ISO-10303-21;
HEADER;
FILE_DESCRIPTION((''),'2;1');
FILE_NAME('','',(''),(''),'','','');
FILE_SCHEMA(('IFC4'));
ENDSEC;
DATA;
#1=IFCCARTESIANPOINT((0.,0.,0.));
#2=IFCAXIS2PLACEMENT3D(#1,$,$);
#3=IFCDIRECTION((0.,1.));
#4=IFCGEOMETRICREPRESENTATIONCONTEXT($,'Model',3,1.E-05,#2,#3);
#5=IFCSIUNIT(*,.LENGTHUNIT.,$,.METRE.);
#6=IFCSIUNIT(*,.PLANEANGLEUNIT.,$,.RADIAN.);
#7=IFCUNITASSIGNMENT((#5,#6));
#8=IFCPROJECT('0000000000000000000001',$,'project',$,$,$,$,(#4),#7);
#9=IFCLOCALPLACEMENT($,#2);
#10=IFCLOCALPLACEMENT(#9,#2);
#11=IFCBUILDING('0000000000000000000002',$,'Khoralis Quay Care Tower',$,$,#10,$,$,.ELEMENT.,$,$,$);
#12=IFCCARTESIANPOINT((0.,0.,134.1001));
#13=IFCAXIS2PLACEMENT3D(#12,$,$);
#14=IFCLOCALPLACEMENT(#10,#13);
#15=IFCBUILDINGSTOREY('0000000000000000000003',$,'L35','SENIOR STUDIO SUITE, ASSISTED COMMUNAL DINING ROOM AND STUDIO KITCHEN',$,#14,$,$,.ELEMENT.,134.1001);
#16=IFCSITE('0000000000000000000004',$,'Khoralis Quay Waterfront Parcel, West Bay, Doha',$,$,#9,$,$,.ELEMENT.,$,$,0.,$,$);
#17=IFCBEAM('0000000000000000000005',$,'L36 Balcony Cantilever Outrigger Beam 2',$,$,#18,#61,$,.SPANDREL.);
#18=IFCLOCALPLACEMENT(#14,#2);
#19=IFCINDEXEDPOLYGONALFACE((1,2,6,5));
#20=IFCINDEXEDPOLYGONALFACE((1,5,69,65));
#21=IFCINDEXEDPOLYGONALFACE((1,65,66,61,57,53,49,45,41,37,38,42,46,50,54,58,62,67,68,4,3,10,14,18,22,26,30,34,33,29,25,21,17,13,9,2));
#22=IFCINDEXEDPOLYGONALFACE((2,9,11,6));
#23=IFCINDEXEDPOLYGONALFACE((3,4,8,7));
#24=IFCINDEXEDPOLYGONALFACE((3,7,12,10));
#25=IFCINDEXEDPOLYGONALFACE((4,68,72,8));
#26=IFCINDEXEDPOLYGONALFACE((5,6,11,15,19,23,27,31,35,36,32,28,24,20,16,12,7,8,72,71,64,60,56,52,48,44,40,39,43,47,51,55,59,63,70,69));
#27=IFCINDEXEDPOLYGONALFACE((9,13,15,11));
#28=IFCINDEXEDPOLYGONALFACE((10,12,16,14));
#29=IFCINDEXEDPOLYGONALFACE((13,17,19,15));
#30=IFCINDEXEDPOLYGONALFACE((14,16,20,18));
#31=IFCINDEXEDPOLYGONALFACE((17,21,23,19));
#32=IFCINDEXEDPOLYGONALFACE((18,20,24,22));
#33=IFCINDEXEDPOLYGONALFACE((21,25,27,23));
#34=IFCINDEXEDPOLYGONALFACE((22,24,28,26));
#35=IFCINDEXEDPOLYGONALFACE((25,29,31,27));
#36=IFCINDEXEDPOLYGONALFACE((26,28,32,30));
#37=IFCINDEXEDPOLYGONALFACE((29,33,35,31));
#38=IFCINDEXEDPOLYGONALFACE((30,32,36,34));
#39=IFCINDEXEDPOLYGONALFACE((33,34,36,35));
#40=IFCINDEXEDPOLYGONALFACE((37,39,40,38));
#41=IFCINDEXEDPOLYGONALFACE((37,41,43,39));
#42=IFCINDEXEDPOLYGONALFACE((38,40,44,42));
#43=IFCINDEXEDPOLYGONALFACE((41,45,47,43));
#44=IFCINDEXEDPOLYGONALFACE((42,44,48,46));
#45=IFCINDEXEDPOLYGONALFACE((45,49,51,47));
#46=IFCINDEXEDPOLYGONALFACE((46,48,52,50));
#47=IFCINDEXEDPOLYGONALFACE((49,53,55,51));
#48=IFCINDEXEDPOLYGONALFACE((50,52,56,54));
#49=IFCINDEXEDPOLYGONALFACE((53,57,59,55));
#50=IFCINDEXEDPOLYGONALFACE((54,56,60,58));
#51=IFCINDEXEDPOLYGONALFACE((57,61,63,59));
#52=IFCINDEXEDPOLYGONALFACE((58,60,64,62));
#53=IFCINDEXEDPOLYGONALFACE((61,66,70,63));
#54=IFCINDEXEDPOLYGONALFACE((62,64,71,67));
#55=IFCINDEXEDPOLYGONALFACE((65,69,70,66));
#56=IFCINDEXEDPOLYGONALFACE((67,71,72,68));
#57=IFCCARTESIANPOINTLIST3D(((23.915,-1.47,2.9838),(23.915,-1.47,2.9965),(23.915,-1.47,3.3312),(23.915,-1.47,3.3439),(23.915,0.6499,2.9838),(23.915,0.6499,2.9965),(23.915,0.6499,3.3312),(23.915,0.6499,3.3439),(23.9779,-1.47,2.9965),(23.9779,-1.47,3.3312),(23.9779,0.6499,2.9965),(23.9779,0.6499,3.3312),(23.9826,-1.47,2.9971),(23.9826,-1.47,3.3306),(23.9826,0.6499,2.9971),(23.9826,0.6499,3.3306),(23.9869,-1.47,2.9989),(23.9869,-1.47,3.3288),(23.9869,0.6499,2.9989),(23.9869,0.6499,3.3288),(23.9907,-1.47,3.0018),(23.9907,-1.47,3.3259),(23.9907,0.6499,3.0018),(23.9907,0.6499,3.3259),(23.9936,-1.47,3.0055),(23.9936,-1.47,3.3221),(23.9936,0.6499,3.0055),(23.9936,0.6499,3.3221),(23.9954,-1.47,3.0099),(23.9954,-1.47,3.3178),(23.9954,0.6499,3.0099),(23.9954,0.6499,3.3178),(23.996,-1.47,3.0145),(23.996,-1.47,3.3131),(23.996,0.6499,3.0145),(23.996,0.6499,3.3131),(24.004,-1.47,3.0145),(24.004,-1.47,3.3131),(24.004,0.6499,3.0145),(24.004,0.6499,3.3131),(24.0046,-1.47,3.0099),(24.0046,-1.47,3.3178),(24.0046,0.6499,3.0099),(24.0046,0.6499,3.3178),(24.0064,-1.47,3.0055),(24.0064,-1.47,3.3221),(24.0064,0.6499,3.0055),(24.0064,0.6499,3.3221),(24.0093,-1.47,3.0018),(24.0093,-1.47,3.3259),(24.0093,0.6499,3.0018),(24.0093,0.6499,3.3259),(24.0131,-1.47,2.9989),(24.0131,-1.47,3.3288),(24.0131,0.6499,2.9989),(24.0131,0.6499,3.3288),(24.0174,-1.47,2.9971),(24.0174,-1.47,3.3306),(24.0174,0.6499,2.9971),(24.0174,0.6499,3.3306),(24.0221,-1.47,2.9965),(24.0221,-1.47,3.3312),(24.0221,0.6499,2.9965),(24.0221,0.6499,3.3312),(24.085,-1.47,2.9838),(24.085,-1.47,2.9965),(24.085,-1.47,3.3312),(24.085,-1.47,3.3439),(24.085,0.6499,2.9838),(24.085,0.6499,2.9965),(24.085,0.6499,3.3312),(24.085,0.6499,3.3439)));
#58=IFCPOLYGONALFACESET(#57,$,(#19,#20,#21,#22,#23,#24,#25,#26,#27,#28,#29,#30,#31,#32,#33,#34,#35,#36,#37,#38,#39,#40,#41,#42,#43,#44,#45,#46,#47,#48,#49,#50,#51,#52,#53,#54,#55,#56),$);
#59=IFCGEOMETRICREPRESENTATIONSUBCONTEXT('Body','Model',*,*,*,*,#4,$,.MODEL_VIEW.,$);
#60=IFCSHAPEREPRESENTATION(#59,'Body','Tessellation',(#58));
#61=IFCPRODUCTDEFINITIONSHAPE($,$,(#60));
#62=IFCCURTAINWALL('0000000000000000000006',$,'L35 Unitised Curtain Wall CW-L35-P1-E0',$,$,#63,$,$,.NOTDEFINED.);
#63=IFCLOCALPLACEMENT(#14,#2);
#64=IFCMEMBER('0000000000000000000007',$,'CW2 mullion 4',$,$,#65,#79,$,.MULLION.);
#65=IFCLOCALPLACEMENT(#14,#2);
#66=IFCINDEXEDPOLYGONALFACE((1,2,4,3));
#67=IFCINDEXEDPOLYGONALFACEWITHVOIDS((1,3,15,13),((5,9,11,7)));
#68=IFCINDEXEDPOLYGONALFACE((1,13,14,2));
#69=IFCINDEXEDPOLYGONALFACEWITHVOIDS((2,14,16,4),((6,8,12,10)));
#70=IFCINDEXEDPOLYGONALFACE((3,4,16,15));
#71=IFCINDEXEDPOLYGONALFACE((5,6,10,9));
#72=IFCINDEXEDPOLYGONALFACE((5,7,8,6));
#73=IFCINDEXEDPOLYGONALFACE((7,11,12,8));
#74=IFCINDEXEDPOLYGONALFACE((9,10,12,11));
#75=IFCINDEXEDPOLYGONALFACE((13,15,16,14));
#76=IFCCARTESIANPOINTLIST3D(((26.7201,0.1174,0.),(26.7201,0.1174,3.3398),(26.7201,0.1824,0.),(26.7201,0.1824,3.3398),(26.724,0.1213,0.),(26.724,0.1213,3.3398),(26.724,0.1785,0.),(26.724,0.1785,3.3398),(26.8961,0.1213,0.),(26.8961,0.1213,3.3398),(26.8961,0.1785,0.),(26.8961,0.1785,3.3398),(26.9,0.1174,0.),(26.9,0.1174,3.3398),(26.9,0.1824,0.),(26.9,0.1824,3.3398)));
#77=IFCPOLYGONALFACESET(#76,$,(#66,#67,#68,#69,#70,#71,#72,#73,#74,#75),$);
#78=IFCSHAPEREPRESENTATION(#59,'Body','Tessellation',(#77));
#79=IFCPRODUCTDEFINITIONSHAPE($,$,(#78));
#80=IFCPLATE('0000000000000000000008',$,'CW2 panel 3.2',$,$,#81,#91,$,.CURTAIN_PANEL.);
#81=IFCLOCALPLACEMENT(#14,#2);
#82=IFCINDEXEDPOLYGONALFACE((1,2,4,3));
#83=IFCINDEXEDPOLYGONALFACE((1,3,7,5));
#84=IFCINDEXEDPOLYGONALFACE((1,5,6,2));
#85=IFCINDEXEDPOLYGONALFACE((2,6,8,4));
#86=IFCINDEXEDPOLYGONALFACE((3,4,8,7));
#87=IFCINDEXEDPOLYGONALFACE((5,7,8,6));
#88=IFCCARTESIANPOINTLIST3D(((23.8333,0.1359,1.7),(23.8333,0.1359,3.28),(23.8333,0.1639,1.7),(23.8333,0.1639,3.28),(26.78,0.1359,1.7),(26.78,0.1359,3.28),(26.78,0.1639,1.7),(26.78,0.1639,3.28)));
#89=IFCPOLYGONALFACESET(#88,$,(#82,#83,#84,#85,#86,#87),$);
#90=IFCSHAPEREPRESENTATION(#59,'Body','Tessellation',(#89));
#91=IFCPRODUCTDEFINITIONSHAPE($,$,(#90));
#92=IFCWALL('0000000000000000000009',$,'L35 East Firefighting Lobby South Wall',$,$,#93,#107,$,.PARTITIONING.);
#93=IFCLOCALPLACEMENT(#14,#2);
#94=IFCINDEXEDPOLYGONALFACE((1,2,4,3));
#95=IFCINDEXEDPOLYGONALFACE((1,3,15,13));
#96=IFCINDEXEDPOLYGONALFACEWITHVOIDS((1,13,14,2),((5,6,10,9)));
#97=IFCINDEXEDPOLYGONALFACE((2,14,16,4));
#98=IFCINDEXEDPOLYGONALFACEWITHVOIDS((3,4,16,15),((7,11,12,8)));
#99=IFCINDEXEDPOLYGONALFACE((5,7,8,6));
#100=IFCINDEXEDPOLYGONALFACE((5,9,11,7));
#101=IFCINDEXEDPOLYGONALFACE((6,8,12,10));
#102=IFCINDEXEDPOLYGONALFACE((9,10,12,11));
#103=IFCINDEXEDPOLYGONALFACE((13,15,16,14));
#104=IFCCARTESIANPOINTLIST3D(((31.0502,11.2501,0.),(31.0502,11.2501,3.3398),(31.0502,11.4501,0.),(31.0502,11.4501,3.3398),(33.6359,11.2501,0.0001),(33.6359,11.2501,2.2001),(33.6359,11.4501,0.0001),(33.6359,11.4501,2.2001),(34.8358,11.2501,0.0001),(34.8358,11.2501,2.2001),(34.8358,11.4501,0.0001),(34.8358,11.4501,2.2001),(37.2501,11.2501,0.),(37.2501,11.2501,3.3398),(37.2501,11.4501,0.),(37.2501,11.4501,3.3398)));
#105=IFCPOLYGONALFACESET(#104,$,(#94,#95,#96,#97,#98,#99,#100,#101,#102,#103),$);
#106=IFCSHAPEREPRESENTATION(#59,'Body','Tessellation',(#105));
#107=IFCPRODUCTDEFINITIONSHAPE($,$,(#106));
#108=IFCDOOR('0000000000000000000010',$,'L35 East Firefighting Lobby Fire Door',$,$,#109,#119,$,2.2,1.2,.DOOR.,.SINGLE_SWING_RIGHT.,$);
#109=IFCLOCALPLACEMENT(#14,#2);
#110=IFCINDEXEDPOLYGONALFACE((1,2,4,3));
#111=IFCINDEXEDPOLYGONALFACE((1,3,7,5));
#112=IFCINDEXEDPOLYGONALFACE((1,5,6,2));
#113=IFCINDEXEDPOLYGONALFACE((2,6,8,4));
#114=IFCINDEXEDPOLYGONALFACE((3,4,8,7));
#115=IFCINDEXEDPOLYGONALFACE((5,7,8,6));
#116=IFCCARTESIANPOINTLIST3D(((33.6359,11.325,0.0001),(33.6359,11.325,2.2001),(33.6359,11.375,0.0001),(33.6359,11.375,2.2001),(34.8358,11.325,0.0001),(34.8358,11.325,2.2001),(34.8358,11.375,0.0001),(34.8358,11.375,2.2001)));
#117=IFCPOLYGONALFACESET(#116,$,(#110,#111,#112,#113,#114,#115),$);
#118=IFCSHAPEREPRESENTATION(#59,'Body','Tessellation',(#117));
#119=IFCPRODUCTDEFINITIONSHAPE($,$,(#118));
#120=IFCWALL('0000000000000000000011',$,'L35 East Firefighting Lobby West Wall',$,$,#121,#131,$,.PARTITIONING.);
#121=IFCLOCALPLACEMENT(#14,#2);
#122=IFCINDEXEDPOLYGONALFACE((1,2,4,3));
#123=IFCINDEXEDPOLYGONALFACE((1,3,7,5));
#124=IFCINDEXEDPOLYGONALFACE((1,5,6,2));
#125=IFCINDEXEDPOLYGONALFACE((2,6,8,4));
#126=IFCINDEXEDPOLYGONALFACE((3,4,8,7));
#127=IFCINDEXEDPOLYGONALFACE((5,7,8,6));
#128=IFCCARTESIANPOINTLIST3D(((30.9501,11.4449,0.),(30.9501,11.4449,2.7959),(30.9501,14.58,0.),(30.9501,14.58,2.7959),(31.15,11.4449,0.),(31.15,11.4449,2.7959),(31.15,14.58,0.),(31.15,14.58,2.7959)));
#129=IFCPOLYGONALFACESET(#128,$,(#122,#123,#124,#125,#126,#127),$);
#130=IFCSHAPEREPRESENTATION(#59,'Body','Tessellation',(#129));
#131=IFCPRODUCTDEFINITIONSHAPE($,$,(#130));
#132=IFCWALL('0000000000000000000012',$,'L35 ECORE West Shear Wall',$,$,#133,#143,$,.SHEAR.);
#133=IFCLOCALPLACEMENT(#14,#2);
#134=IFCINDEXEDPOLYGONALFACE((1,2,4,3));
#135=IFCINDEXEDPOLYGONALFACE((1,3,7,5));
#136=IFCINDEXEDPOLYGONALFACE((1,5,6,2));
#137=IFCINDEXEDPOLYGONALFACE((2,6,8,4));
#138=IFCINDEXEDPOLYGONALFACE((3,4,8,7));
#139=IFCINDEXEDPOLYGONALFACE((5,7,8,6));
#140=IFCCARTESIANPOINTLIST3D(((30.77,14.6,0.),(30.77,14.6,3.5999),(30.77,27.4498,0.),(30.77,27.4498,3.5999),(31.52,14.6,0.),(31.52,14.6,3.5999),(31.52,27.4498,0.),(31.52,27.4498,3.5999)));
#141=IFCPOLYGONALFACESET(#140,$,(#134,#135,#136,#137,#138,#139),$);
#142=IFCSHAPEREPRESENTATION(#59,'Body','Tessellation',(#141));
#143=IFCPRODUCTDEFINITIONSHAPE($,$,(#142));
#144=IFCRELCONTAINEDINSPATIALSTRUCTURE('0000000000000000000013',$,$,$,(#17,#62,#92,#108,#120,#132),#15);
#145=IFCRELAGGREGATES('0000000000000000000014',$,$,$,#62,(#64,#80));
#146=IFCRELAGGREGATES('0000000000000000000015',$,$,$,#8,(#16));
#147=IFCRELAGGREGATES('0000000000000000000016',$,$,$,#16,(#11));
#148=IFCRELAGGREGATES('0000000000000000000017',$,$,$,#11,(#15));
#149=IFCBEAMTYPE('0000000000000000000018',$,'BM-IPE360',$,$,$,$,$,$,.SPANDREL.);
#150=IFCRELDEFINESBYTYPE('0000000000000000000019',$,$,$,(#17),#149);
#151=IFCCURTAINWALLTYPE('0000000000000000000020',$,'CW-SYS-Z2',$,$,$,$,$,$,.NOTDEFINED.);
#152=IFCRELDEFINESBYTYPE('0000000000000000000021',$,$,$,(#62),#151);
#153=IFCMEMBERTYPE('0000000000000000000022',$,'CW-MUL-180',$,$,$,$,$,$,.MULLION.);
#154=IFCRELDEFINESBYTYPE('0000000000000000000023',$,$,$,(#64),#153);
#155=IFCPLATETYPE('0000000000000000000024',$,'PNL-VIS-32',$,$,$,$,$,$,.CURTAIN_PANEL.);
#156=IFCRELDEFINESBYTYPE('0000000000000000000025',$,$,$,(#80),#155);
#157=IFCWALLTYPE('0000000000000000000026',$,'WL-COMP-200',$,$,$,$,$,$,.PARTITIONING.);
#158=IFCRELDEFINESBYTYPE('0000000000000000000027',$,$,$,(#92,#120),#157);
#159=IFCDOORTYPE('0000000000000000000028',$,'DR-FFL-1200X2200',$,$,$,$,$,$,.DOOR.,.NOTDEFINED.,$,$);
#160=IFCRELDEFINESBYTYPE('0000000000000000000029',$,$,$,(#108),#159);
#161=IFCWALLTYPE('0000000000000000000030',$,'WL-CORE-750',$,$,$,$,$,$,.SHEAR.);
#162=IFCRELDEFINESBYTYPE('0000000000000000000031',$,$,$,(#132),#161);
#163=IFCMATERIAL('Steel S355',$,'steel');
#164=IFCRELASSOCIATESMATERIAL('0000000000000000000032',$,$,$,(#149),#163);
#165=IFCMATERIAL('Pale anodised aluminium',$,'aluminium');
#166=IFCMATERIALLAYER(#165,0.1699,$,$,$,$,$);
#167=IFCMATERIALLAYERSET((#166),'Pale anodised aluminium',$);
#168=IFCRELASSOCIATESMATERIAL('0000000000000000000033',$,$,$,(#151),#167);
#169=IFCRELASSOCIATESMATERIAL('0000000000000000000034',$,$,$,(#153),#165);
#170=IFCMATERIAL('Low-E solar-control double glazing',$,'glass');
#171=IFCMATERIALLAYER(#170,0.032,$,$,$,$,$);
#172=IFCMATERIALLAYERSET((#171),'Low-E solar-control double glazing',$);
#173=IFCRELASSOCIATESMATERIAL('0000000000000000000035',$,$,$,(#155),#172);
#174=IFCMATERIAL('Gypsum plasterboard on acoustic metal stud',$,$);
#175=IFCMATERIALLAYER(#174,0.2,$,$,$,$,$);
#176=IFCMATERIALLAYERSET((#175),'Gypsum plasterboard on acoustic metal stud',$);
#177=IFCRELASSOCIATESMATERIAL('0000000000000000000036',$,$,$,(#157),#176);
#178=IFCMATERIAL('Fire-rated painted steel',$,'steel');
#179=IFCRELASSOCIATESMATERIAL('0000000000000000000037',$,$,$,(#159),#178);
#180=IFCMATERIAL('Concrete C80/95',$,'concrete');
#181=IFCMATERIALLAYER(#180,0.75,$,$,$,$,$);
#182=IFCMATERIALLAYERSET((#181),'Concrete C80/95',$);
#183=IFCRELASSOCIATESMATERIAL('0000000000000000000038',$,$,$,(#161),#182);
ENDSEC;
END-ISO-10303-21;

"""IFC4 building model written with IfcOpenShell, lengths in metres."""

from ifc_helpers import new_model, si_unit, direction, frame, frame_2d, origin, origin_2d, place, context, subcontext, project, spatial, rectangle, hollow_rectangle, i_section, extrude, source, transform, mapped, material, layer, layer_set, material_profile, profile_set, type_object, element, fill, aggregate, save


model = new_model("IFC4")

# Units and contexts
model_context = context("Model", 3, precision=1e-05, world=origin(), true_north=direction((0.0, 1.0)))
body_context = subcontext(model_context, "Body", "Model", "MODEL_VIEW")
ifc_project = project(units=[si_unit("LENGTHUNIT", "METRE"), si_unit("PLANEANGLEUNIT", "RADIAN")], contexts=[model_context])

# Site, building, storey
site_placement = place(None, origin())
site = spatial("IfcSite", under=ifc_project, at=site_placement, Name="Khoralis Quay Waterfront Parcel, West Bay, Doha", CompositionType="ELEMENT", RefElevation=0.0)
building_placement = place(site_placement, origin())
building = spatial("IfcBuilding", under=site, at=building_placement, Name="Khoralis Quay Care Tower", CompositionType="ELEMENT")
storey_placement = place(building_placement, frame((0.0, 0.0, 134.1001)))
storey = spatial("IfcBuildingStorey", under=building, at=storey_placement, Name="L35", Description="SENIOR STUDIO SUITE, ASSISTED COMMUNAL DINING ROOM AND STUDIO KITCHEN", CompositionType="ELEMENT", Elevation=134.1001)

# Beam
ifc_material_1 = material(Name="Steel S355", Category="steel")
ifc_material_profile_1 = material_profile(ifc_material_1, i_section(OverallWidth=0.1699, OverallDepth=0.3601, WebThickness=0.0081, FlangeThickness=0.0127, FilletRadius=0.0181, at=origin_2d()), Name="Steel S355")
ifc_profile_set_1 = profile_set([ifc_material_profile_1], Name="Steel S355")
beam_type_1 = type_object("IfcBeamType", Name="BM-IPE360", PredefinedType="SPANDREL", material=ifc_profile_set_1)
shared_shape_1 = source(origin(), body_context, "Body", "SweptSolid", [
    extrude(i_section(OverallWidth=0.1699, OverallDepth=0.3601, WebThickness=0.0081, FlangeThickness=0.0127, FilletRadius=0.0181, at=origin_2d()), origin(), (0.0, 0.0, 1.0), 2.1199),
])
beam_1_placement = place(storey_placement, frame((24.0, 0.6499, 3.1638), z_axis=(0.0, -1.0, 0.0), x_axis=(1.0, 0.0, 0.0)))
element("IfcBeam", 1, at=beam_1_placement, inside=storey, type_object=beam_type_1, Name="L36 Balcony Cantilever Outrigger Beam 2", PredefinedType="SPANDREL", context=body_context, shape_type="MappedRepresentation", body=[
    mapped(shared_shape_1, transform((0.0, 0.0, 0.0), scale=1.0)),
])

# Curtain wall, member, plate
ifc_material_2 = material(Name="Pale anodised aluminium", Category="aluminium")
ifc_layer_1 = layer(ifc_material_2, 0.1699)
ifc_layer_set_1 = layer_set([ifc_layer_1], Name="Pale anodised aluminium")
curtain_wall_type = type_object("IfcCurtainWallType", Name="CW-SYS-Z2", PredefinedType="NOTDEFINED", material=ifc_layer_set_1)
curtain_wall_placement = place(storey_placement, origin())
curtain_wall = element("IfcCurtainWall", 2, at=curtain_wall_placement, inside=storey, type_object=curtain_wall_type, Name="L35 Unitised Curtain Wall CW-L35-P1-E0", PredefinedType="NOTDEFINED")
ifc_material_profile_2 = material_profile(ifc_material_2, hollow_rectangle(XDim=0.0649, YDim=0.1799, WallThickness=0.0039, at=origin_2d()), Name="Pale anodised aluminium")
ifc_profile_set_2 = profile_set([ifc_material_profile_2], Name="Pale anodised aluminium")
member_type = type_object("IfcMemberType", Name="CW-MUL-180", PredefinedType="MULLION", material=ifc_profile_set_2)
shared_shape_2 = source(origin(), body_context, "Body", "SweptSolid", [
    extrude(hollow_rectangle(XDim=0.0649, YDim=0.1799, WallThickness=0.0039, at=origin_2d()), origin(), (0.0, 0.0, 1.0), 3.3398),
])
member_placement = place(storey_placement, frame((26.8101, 0.1499, 0.0), z_axis=(0.0, 0.0, 1.0), x_axis=(0.0, 1.0, 0.0)))
member = element("IfcMember", 3, at=member_placement, type_object=member_type, Name="CW2 mullion 4", PredefinedType="MULLION", context=body_context, shape_type="MappedRepresentation", body=[
    mapped(shared_shape_2, transform((0.0, 0.0, 0.0), scale=1.0)),
])
ifc_material_3 = material(Name="Low-E solar-control double glazing", Category="glass")
ifc_layer_2 = layer(ifc_material_3, 0.032)
ifc_layer_set_2 = layer_set([ifc_layer_2], Name="Low-E solar-control double glazing")
plate_type = type_object("IfcPlateType", Name="PNL-VIS-32", PredefinedType="CURTAIN_PANEL", material=ifc_layer_set_2)
shared_shape_3 = source(origin(), body_context, "Body", "SweptSolid", [
    extrude(rectangle(XDim=2.9468, YDim=0.0281, at=origin_2d()), origin(), (0.0, 0.0, 1.0), 1.5801),
])
plate_placement = place(storey_placement, frame((25.3066, 0.1499, 1.7), z_axis=(0.0, 0.0, 1.0), x_axis=(1.0, 0.0, 0.0)))
plate = element("IfcPlate", 4, at=plate_placement, type_object=plate_type, Name="CW2 panel 3.2", PredefinedType="CURTAIN_PANEL", context=body_context, shape_type="MappedRepresentation", body=[
    mapped(shared_shape_3, transform((0.0, 0.0, 0.0), scale=1.0)),
])
aggregate(curtain_wall, [member, plate])

# Wall, opening, door
ifc_material_4 = material(Name="Gypsum plasterboard on acoustic metal stud")
ifc_layer_3 = layer(ifc_material_4, 0.2)
ifc_layer_set_3 = layer_set([ifc_layer_3], Name="Gypsum plasterboard on acoustic metal stud")
wall_type_1 = type_object("IfcWallType", Name="WL-COMP-200", PredefinedType="PARTITIONING", material=ifc_layer_set_3)
wall_1_placement = place(storey_placement, frame((31.05, 11.3501, 0.0), z_axis=(0.0, 0.0, 1.0), x_axis=(1.0, 0.0, 0.0)))
wall_1 = element("IfcWall", 5, at=wall_1_placement, inside=storey, type_object=wall_type_1, Name="L35 East Firefighting Lobby South Wall", PredefinedType="PARTITIONING", context=body_context, shape_type="SweptSolid", body=[
    extrude(rectangle(XDim=6.2, YDim=0.2, at=frame_2d((3.1001, 0.0))), origin(), (0.0, 0.0, 1.0), 3.3398),
])
opening_1_placement = place(wall_1_placement, frame((2.5857, 0.0, 0.0)))
opening_1 = element("IfcOpeningElement", 6, at=opening_1_placement, cuts=wall_1, PredefinedType="OPENING", context=body_context, shape_type="SweptSolid", body=[
    extrude(rectangle(XDim=1.2, YDim=2.2, at=frame_2d((0.6001, 1.1001))), frame((0.0, 0.1099, 0.0), z_axis=(0.0, -1.0, 0.0), x_axis=(1.0, 0.0, 0.0)), (0.0, 0.0, 1.0), 0.22),
])
ifc_material_5 = material(Name="Fire-rated painted steel", Category="steel")
door_type_1 = type_object("IfcDoorType", Name="DR-FFL-1200X2200", OperationType="NOTDEFINED", PredefinedType="DOOR", material=ifc_material_5)
shared_shape_4 = source(origin(), body_context, "Body", "SweptSolid", [
    extrude(rectangle(XDim=1.2, YDim=2.2, at=frame_2d((0.6001, 1.1001))), frame((0.0, 0.0249, 0.0), z_axis=(0.0, -1.0, 0.0), x_axis=(1.0, 0.0, 0.0)), (0.0, 0.0, 1.0), 0.05),
])
door_1_placement = place(opening_1_placement, origin())
door_1 = element("IfcDoor", 7, at=door_1_placement, inside=storey, type_object=door_type_1, Name="L35 East Firefighting Lobby Fire Door", OperationType="SINGLE_SWING_RIGHT", OverallHeight=2.2, OverallWidth=1.2, PredefinedType="DOOR", context=body_context, shape_type="MappedRepresentation", body=[
    mapped(shared_shape_4, transform((0.0, 0.0, 0.0), scale=1.0)),
])
fill(opening_1, door_1)

# Walls
wall_2_placement = place(storey_placement, frame((31.05, 11.4451, 0.0), z_axis=(0.0, 0.0, 1.0), x_axis=(0.0, 1.0, 0.0)))
element("IfcWall", 8, at=wall_2_placement, inside=storey, type_object=wall_type_1, Name="L35 East Firefighting Lobby West Wall", PredefinedType="PARTITIONING", context=body_context, shape_type="SweptSolid", body=[
    extrude(rectangle(XDim=3.135, YDim=0.2, at=frame_2d((1.5674, 0.0))), origin(), (0.0, 0.0, 1.0), 2.7959),
])
ifc_material_6 = material(Name="Concrete C80/95", Category="concrete")
ifc_layer_4 = layer(ifc_material_6, 0.75)
ifc_layer_set_4 = layer_set([ifc_layer_4], Name="Concrete C80/95")
wall_type_2 = type_object("IfcWallType", Name="WL-CORE-750", PredefinedType="SHEAR", material=ifc_layer_set_4)
wall_3_placement = place(storey_placement, frame((31.145, 14.6001, 0.0), z_axis=(0.0, 0.0, 1.0), x_axis=(0.0, 1.0, 0.0)))
element("IfcWall", 9, at=wall_3_placement, inside=storey, type_object=wall_type_2, Name="L35 ECORE West Shear Wall", PredefinedType="SHEAR", context=body_context, shape_type="SweptSolid", body=[
    extrude(rectangle(XDim=12.8499, YDim=0.75, at=frame_2d((6.4248, 0.0))), origin(), (0.0, 0.0, 1.0), 3.5999),
])

save(model, "model.ifc")
